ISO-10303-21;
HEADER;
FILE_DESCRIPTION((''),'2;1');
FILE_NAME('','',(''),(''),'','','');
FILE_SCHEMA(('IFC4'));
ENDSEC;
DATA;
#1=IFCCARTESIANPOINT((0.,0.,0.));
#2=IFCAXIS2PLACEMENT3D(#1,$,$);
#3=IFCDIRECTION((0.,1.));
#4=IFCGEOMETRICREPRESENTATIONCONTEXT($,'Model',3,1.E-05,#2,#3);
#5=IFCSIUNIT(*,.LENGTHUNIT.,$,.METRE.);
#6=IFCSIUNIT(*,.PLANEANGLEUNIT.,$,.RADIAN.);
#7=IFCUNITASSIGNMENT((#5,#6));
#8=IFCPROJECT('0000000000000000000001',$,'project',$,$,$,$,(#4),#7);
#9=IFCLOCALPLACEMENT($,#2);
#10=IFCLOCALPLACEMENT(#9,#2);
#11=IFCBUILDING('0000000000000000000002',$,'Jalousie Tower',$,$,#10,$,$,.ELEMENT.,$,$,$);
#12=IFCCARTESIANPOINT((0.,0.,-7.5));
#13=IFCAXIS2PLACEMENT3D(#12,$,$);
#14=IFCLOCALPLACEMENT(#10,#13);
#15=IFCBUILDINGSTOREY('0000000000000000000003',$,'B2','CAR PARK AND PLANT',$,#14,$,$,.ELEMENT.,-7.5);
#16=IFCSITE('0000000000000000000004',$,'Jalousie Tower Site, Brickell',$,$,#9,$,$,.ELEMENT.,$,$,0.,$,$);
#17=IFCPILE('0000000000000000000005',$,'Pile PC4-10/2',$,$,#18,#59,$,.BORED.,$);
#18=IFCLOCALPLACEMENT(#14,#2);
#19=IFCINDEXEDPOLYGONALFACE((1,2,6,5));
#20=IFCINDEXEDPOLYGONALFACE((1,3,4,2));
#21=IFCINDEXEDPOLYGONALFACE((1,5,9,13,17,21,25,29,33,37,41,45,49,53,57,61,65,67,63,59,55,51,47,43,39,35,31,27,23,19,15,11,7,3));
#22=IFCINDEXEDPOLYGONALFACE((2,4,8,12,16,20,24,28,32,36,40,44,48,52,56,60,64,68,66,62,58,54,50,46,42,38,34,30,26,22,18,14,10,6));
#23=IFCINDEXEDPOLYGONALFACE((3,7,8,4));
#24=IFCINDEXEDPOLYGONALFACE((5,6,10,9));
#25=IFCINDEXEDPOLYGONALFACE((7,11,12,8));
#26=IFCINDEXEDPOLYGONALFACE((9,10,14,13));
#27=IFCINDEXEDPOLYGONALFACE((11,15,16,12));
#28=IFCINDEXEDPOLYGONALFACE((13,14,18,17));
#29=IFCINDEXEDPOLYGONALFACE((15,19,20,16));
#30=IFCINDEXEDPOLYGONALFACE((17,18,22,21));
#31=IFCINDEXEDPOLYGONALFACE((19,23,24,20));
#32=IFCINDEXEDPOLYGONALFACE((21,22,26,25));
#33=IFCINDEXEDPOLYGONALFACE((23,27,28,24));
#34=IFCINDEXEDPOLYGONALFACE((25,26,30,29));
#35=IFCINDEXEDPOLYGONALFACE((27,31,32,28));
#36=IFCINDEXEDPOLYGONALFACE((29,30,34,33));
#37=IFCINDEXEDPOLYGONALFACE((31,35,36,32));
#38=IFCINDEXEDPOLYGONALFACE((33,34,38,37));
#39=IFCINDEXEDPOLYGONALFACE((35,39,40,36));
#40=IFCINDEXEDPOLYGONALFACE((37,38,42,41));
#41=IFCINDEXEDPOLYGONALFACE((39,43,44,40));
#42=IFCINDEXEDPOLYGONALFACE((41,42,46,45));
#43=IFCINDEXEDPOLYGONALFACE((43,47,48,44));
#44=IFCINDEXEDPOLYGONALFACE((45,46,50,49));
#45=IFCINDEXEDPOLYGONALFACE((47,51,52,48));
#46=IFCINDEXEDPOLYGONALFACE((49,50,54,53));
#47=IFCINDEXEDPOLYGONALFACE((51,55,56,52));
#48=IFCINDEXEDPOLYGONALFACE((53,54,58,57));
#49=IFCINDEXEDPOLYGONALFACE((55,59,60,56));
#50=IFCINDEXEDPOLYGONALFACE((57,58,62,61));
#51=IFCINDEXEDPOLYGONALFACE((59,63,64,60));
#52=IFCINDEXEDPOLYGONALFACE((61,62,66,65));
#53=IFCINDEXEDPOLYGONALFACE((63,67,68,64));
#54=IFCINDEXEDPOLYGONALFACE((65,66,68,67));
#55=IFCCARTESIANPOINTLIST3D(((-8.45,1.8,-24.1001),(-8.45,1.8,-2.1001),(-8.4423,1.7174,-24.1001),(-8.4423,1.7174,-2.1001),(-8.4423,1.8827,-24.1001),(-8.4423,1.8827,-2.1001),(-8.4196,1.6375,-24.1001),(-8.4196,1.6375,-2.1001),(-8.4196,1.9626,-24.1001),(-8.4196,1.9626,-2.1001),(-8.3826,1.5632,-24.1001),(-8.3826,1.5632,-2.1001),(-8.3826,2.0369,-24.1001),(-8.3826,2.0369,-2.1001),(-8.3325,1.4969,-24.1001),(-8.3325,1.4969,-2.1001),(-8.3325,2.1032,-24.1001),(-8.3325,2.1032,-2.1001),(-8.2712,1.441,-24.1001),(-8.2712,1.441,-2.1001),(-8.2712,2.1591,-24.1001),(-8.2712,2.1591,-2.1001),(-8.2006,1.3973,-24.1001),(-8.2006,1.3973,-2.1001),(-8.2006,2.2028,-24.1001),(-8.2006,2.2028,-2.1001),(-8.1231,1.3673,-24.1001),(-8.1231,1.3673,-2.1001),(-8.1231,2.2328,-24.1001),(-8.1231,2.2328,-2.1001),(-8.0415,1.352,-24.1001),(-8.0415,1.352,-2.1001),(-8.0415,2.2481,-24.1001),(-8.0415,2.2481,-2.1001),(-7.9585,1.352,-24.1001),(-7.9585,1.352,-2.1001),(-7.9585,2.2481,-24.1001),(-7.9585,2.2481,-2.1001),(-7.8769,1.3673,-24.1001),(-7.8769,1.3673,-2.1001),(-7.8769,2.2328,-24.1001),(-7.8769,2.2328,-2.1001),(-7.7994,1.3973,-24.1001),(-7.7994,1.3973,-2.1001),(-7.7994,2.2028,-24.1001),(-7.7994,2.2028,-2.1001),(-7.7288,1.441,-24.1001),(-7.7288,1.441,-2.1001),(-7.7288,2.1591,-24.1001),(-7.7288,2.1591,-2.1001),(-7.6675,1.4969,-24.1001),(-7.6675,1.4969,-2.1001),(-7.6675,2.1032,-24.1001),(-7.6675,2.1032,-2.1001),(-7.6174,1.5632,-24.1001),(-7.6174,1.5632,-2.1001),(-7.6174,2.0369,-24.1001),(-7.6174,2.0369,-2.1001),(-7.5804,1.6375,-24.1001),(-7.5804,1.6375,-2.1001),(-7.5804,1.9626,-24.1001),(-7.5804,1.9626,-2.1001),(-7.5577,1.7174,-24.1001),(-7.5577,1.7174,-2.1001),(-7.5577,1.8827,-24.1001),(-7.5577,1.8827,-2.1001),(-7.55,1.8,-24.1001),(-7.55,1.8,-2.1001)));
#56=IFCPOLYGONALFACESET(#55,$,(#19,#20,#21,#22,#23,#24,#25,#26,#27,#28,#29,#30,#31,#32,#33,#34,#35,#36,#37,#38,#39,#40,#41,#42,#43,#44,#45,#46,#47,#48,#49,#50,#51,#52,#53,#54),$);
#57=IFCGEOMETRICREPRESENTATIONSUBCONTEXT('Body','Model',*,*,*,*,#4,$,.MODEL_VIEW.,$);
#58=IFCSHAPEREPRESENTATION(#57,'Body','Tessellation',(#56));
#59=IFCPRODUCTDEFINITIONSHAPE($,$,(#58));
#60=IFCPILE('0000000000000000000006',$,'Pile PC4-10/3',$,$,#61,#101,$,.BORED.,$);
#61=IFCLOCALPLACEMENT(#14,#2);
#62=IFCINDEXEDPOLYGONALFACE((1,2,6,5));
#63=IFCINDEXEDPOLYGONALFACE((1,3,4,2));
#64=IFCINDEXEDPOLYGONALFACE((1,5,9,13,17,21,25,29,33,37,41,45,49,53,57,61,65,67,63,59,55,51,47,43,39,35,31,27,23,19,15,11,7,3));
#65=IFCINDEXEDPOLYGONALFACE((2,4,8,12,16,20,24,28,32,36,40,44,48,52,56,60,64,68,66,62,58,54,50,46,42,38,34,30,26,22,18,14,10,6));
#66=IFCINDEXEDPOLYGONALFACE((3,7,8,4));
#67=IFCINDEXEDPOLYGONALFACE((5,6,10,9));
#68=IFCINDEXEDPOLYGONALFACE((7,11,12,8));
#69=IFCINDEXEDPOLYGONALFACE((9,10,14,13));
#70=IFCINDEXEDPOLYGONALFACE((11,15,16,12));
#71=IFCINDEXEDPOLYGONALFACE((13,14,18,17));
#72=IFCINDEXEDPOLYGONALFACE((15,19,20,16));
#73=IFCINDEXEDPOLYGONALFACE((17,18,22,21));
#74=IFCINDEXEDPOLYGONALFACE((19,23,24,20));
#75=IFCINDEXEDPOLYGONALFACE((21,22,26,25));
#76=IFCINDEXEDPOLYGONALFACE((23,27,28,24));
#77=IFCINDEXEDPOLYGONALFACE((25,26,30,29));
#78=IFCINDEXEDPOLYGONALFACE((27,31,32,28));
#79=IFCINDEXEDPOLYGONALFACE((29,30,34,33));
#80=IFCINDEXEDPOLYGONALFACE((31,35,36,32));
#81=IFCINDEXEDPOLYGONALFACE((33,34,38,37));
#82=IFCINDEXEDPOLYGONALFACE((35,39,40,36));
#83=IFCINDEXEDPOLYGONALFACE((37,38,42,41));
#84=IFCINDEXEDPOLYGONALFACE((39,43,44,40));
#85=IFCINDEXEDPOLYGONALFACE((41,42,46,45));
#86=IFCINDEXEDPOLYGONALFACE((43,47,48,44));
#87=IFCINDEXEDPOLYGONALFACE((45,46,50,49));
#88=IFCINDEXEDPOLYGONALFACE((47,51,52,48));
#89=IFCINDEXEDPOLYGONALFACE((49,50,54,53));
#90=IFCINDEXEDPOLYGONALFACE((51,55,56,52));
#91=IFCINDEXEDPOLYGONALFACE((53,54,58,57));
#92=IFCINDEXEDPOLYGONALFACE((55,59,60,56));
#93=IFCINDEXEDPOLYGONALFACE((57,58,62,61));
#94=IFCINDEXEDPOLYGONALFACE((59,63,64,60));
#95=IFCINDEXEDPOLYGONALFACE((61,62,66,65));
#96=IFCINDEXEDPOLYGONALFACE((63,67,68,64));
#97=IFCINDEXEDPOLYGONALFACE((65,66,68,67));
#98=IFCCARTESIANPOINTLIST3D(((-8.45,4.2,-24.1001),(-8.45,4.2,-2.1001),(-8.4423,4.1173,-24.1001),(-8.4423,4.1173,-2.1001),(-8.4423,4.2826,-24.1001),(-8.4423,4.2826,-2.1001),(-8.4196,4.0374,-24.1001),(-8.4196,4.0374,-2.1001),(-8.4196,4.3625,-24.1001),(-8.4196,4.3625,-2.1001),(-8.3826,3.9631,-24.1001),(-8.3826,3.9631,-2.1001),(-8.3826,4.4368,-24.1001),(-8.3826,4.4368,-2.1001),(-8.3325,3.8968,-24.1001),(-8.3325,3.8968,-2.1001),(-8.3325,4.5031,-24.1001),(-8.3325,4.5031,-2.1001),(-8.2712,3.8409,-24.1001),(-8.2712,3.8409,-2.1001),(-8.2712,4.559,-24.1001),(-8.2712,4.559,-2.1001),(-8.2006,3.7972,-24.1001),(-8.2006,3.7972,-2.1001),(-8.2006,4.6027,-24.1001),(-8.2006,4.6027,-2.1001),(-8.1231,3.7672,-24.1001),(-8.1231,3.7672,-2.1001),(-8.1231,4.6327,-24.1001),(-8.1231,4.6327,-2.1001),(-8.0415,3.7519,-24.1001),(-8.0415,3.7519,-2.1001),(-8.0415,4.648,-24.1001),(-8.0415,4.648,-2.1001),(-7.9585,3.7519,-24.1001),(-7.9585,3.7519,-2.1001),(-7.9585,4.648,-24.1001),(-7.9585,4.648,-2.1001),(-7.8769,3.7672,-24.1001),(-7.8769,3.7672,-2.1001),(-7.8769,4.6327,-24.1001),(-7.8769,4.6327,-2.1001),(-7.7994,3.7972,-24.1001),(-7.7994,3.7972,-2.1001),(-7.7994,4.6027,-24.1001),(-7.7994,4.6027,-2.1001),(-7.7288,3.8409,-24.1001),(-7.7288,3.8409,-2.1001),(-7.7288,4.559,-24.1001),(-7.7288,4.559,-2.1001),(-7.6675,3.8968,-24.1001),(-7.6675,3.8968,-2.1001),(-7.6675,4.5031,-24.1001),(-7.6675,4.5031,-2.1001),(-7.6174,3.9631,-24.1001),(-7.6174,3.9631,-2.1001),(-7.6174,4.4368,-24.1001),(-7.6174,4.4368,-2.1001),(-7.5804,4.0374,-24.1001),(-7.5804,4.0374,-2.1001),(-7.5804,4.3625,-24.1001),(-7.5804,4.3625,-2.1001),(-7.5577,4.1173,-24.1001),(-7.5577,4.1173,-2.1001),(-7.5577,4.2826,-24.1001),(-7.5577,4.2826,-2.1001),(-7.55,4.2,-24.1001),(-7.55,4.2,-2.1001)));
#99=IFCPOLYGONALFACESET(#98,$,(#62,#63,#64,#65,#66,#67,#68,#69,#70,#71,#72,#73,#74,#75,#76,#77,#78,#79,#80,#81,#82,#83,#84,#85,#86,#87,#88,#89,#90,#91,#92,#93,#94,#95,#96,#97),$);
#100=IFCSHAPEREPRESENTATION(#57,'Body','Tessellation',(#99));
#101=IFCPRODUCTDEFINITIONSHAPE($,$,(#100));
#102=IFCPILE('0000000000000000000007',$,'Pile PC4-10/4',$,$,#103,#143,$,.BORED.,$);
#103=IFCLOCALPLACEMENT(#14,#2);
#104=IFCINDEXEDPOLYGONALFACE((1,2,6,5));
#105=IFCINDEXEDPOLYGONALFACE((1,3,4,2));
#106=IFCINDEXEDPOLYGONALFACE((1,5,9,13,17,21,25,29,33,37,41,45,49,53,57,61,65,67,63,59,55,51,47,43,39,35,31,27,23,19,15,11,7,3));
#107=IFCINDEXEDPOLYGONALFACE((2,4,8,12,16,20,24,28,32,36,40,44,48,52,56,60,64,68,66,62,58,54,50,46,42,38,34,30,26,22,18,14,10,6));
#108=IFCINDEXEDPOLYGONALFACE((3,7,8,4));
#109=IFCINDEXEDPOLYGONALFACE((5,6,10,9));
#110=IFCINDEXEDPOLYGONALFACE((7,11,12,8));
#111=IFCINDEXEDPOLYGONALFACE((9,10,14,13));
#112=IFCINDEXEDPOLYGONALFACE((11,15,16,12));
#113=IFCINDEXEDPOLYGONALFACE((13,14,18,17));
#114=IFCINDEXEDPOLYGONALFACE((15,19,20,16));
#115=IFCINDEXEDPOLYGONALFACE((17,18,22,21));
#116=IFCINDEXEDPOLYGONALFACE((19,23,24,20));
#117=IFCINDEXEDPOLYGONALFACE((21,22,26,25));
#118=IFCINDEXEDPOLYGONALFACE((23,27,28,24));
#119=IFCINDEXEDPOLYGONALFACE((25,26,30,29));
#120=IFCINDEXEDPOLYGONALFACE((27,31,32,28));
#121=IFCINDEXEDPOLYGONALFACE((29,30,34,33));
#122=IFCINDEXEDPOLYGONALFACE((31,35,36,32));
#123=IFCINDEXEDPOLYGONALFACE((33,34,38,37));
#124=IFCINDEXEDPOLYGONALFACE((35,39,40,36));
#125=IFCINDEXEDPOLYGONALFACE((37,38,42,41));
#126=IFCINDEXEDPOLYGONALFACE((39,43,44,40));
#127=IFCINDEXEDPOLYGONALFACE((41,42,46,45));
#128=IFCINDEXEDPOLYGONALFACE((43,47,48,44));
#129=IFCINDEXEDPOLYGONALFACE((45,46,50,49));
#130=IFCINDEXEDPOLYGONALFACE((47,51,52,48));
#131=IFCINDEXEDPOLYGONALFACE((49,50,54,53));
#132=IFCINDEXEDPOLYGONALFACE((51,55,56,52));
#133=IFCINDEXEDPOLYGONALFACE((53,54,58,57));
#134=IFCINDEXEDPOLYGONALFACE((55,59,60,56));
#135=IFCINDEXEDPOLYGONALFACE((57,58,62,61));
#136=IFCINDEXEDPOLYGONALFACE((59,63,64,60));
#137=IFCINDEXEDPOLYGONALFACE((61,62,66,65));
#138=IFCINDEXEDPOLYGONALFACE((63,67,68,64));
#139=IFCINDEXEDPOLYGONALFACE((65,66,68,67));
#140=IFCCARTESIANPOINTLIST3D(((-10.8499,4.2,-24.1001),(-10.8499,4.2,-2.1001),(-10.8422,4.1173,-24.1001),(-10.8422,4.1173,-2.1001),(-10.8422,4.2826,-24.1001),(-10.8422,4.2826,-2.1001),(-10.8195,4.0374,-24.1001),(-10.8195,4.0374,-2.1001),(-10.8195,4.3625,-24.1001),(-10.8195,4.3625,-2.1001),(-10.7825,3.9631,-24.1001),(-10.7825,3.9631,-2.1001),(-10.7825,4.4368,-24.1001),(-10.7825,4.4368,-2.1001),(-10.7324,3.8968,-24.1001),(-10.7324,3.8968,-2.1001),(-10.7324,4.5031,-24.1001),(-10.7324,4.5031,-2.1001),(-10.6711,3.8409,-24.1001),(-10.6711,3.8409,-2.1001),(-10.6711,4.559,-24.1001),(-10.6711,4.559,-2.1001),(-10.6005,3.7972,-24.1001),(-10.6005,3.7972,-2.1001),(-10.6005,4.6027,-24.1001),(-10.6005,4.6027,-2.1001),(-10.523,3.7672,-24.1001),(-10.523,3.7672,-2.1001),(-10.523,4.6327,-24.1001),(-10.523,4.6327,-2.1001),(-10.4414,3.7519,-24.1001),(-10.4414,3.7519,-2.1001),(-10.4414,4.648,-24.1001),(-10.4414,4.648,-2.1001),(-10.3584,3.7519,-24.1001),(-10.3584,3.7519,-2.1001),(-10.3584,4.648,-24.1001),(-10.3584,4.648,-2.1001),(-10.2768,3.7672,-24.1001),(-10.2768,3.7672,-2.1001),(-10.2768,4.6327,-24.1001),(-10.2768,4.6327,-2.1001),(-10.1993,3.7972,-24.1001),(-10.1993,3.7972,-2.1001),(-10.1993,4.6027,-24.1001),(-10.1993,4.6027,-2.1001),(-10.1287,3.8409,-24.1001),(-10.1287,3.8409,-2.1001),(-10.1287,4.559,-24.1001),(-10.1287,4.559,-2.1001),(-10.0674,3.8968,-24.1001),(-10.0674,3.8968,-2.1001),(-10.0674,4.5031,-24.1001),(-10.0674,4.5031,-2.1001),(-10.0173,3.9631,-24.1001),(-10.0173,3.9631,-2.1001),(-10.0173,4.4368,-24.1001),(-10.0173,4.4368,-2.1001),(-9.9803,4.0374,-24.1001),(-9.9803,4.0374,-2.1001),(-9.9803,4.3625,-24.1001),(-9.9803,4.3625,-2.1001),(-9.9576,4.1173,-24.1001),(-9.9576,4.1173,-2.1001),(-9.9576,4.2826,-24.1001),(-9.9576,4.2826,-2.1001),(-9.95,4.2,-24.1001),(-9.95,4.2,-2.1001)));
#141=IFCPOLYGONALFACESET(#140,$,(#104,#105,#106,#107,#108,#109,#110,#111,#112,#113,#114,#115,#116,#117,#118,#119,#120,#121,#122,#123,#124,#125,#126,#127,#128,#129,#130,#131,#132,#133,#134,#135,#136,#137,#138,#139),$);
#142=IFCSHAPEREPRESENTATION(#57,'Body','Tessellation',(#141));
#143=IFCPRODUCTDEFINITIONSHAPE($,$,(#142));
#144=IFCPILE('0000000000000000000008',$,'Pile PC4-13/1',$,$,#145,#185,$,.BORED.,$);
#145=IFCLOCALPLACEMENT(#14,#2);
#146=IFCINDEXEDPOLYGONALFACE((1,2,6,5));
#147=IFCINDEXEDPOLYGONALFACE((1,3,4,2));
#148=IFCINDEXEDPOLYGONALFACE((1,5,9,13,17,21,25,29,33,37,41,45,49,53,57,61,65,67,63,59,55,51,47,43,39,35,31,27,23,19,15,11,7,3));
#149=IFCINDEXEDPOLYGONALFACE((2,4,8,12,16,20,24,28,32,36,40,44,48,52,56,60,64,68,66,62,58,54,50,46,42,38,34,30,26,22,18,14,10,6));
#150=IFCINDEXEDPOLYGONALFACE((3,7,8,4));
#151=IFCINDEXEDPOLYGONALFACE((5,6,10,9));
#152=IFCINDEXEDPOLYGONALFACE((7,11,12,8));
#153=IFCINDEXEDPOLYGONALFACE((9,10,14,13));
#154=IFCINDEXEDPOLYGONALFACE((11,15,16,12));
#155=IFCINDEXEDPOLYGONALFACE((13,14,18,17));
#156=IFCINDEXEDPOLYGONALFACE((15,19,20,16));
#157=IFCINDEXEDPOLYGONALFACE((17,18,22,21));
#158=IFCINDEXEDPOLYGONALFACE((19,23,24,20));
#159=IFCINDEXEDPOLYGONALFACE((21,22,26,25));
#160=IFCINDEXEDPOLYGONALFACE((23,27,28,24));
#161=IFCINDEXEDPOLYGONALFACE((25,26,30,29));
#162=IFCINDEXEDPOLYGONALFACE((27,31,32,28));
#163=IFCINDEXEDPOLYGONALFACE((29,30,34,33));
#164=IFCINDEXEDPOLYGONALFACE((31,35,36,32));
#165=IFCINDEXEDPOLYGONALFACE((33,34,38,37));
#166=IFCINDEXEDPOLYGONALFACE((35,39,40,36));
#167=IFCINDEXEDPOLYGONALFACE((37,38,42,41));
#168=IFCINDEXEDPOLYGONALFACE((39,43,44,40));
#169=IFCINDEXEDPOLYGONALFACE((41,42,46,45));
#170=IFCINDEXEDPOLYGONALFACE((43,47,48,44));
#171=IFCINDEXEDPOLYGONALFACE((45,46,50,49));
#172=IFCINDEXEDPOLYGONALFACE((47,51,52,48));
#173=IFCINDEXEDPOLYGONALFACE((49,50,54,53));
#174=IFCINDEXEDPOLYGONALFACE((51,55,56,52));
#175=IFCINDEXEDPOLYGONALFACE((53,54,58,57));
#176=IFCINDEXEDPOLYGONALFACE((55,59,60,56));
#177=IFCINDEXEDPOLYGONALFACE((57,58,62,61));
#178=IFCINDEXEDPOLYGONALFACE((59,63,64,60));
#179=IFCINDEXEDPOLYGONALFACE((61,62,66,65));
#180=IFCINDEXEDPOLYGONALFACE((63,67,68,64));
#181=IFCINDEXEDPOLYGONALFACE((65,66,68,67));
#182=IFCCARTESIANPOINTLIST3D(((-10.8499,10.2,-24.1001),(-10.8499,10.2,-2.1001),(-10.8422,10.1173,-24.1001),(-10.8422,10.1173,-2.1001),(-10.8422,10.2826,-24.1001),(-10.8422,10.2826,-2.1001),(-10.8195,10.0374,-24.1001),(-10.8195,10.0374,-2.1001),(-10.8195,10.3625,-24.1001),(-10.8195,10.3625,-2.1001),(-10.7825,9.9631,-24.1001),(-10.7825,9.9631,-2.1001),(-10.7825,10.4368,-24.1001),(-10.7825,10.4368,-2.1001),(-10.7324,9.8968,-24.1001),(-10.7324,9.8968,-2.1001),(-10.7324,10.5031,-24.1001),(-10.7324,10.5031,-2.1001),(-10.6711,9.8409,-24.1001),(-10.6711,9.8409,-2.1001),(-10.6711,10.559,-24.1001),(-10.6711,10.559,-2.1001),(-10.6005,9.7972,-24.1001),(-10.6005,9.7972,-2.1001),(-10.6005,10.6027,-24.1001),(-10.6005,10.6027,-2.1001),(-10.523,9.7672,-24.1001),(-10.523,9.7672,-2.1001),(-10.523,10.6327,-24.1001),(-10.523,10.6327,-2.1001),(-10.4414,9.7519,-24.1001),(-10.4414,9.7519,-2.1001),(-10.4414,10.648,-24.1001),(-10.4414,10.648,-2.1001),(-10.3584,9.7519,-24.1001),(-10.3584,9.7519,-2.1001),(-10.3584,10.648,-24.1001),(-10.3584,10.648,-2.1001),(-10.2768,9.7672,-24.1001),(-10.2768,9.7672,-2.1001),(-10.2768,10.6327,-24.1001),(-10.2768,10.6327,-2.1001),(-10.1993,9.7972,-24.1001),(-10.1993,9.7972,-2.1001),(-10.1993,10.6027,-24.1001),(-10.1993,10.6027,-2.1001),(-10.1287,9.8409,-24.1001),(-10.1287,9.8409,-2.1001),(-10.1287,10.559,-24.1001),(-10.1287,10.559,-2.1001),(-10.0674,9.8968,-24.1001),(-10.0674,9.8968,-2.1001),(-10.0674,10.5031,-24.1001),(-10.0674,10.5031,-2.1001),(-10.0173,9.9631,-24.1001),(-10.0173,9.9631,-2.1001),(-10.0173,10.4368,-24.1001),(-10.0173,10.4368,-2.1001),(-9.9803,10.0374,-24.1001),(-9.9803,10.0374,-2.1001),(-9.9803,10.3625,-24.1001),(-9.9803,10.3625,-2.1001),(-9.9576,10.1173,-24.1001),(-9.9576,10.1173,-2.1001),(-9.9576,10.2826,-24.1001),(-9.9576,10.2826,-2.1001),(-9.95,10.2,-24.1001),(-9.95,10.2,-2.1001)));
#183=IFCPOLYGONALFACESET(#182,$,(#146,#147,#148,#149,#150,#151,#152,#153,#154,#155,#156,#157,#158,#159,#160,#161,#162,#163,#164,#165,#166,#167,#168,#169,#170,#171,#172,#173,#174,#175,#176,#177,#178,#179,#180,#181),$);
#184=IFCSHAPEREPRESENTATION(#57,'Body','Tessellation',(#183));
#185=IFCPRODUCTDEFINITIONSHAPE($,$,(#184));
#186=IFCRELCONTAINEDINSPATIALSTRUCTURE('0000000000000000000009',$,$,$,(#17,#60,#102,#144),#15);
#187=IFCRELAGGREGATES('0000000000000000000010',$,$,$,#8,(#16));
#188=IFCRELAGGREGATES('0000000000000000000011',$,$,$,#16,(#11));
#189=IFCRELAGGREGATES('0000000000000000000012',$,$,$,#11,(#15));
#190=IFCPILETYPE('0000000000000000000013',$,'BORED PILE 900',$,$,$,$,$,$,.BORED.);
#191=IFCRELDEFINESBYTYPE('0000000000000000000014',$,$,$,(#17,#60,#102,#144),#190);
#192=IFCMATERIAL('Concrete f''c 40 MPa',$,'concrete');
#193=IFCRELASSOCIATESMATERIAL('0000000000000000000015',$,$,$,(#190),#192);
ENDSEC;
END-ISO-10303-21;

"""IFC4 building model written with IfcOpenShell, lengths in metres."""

from ifc_helpers import new_model, si_unit, direction, frame, origin, origin_2d, place, context, subcontext, project, spatial, circle, extrude, material, material_profile, profile_set, type_object, element, save


model = new_model("IFC4")

# Units and contexts
model_context = context("Model", 3, precision=1e-05, world=origin(), true_north=direction((0.0, 1.0)))
body_context = subcontext(model_context, "Body", "Model", "MODEL_VIEW")
ifc_project = project(units=[si_unit("LENGTHUNIT", "METRE"), si_unit("PLANEANGLEUNIT", "RADIAN")], contexts=[model_context])

# Site, building, storey
site_placement = place(None, origin())
site = spatial("IfcSite", under=ifc_project, at=site_placement, Name="Jalousie Tower Site, Brickell", CompositionType="ELEMENT", RefElevation=0.0)
building_placement = place(site_placement, origin())
building = spatial("IfcBuilding", under=site, at=building_placement, Name="Jalousie Tower", CompositionType="ELEMENT")
storey_placement = place(building_placement, frame((0.0, 0.0, -7.5)))
storey = spatial("IfcBuildingStorey", under=building, at=storey_placement, Name="B2", Description="CAR PARK AND PLANT", CompositionType="ELEMENT", Elevation=-7.5)

# Piles
ifc_material_1 = material(Name="Concrete f'c 40 MPa", Category="concrete")
ifc_material_profile_1 = material_profile(ifc_material_1, circle(Radius=0.45, at=origin_2d()), Name="BORED PILE D900")
ifc_profile_set_1 = profile_set([ifc_material_profile_1], Name="Concrete f'c 40 MPa")
pile_type_1 = type_object("IfcPileType", Name="BORED PILE 900", PredefinedType="BORED", material=ifc_profile_set_1)
for number, where, z_axis, x_axis, name in (
    (1, (-8.0, 1.8, -2.1001), (0.0, 0.0, -1.0), (1.0, 0.0, 0.0), "Pile PC4-10/2"),
    (2, (-8.0, 4.2, -2.1001), (0.0, 0.0, -1.0), (1.0, 0.0, 0.0), "Pile PC4-10/3"),
    (3, (-10.3999, 4.2, -2.1001), (0.0, 0.0, -1.0), (1.0, 0.0, 0.0), "Pile PC4-10/4"),
    (4, (-10.3999, 10.2, -2.1001), (0.0, 0.0, -1.0), (1.0, 0.0, 0.0), "Pile PC4-13/1"),
):
    element("IfcPile", number, at=place(storey_placement, frame(where, z_axis=z_axis, x_axis=x_axis)), inside=storey, type_object=pile_type_1, Name=name, PredefinedType="BORED", context=body_context, shape_type="SweptSolid", body=[
        extrude(circle(Radius=0.45, at=origin_2d()), origin(), (0.0, 0.0, 1.0), 22.0),
    ])

save(model, "model.ifc")
